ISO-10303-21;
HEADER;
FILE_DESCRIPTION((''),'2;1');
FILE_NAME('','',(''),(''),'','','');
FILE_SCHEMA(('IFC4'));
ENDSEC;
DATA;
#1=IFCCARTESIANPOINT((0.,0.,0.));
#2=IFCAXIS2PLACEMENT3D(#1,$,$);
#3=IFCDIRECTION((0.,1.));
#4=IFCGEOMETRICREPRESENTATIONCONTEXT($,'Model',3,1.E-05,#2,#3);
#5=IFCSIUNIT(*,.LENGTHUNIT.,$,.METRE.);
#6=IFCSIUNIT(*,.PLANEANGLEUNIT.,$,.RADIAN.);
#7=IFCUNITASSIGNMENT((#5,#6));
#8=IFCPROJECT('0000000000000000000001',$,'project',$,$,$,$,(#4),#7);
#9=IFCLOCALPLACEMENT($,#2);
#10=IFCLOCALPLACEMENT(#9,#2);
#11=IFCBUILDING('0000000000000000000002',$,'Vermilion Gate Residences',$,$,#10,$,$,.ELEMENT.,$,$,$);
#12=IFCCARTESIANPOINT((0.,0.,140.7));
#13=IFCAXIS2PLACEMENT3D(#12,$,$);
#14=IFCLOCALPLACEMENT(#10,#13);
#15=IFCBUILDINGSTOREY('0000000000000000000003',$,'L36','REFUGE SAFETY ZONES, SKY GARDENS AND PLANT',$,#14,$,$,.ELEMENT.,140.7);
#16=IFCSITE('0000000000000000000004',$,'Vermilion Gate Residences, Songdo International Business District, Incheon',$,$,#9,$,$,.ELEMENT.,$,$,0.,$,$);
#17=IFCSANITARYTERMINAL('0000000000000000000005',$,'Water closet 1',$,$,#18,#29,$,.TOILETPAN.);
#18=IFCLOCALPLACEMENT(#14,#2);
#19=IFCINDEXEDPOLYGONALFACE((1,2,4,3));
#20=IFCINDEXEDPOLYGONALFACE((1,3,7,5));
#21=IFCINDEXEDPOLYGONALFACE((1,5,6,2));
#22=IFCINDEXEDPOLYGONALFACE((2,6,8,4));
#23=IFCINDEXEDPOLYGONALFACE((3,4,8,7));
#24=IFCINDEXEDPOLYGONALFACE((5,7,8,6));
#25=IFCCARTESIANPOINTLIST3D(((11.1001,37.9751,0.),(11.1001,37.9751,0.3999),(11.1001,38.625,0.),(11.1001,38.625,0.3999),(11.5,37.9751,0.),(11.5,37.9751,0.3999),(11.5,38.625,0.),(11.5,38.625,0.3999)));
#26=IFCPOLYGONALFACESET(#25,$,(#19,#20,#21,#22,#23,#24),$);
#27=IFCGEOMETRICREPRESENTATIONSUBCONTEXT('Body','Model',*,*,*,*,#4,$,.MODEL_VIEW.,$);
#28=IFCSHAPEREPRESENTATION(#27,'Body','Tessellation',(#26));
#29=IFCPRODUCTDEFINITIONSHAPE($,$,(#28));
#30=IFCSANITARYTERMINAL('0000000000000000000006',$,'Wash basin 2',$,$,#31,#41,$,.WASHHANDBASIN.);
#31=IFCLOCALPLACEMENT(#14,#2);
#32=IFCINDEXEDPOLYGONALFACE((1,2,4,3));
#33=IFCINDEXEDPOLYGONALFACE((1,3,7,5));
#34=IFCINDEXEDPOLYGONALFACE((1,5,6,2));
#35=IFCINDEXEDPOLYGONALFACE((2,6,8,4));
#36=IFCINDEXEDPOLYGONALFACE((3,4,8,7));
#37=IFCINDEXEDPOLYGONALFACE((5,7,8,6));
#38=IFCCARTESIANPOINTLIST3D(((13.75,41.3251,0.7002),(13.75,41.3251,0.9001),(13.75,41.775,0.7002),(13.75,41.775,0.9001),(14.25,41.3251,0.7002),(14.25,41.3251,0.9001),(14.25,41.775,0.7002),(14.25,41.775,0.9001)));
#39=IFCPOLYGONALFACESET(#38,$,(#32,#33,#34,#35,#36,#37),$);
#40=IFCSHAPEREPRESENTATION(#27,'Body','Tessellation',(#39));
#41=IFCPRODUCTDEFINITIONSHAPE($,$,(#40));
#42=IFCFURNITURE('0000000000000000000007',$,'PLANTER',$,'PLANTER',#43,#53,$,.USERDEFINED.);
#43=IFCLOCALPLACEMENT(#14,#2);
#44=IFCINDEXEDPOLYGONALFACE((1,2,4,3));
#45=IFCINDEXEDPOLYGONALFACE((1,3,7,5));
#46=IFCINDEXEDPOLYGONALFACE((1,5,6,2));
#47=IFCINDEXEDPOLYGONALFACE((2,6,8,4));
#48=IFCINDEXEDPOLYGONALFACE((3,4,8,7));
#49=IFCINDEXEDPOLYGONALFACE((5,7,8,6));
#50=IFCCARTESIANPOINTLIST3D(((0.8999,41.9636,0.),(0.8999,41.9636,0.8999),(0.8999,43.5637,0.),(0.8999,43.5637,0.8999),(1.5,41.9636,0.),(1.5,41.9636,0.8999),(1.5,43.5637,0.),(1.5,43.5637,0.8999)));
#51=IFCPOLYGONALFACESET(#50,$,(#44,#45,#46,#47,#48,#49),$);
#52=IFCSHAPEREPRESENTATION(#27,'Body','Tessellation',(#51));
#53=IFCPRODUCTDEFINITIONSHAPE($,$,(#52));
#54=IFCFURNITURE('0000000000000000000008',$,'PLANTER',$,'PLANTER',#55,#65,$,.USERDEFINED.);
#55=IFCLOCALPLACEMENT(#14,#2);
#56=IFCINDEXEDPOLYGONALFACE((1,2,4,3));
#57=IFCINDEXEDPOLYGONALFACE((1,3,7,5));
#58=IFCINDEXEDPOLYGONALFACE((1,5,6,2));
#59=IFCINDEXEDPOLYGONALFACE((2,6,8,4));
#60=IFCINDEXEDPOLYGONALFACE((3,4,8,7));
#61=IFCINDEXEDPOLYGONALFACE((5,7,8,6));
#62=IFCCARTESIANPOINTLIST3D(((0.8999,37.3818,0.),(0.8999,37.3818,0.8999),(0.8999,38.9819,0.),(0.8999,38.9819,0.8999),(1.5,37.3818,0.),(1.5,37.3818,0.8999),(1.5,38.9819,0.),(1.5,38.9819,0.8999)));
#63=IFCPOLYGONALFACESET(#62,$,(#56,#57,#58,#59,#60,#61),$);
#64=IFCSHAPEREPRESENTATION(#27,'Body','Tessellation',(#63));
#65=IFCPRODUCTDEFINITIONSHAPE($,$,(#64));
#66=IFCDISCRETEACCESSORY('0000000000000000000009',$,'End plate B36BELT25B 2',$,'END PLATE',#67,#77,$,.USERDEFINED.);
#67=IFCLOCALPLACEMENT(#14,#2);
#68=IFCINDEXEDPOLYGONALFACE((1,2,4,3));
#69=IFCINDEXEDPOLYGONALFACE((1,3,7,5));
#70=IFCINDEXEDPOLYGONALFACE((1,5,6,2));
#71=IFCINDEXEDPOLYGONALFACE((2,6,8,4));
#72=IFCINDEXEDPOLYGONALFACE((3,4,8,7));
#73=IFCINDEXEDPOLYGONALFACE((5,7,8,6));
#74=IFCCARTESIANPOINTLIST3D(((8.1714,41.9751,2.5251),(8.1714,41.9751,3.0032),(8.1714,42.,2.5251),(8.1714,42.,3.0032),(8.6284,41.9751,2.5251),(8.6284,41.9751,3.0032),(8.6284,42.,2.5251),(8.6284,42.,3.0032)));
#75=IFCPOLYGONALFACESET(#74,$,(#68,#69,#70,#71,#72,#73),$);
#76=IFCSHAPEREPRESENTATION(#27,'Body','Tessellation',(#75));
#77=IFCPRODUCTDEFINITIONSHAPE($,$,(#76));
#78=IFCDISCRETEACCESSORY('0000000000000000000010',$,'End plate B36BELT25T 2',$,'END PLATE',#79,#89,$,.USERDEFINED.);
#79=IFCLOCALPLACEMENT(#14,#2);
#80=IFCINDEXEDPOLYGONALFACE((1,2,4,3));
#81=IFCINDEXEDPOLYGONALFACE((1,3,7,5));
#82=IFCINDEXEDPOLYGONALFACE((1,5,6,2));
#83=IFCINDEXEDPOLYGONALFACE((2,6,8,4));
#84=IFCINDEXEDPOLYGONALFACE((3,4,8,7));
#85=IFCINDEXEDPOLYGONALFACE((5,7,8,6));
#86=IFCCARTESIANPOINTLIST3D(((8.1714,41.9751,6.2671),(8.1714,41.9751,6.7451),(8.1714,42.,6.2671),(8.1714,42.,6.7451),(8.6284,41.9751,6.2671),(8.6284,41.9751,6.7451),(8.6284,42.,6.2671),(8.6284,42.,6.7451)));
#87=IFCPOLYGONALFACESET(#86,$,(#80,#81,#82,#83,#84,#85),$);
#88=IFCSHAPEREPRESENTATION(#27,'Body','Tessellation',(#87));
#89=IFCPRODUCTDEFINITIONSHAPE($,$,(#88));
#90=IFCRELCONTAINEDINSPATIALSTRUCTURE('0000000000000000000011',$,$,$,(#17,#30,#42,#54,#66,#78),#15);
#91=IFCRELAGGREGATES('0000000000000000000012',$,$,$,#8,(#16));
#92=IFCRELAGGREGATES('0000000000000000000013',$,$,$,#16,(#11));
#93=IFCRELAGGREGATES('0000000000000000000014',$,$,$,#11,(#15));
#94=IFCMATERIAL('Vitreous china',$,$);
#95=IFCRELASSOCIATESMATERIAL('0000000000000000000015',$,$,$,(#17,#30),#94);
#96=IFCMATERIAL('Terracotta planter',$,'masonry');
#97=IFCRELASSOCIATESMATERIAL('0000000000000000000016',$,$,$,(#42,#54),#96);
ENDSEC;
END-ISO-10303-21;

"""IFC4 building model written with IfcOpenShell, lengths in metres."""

from ifc_helpers import new_model, si_unit, direction, frame, origin, origin_2d, place, context, subcontext, project, spatial, rectangle, extrude, material, element, save


model = new_model("IFC4")

# Units and contexts
model_context = context("Model", 3, precision=1e-05, world=origin(), true_north=direction((0.0, 1.0)))
body_context = subcontext(model_context, "Body", "Model", "MODEL_VIEW")
ifc_project = project(units=[si_unit("LENGTHUNIT", "METRE"), si_unit("PLANEANGLEUNIT", "RADIAN")], contexts=[model_context])

# Site, building, storey
site_placement = place(None, origin())
site = spatial("IfcSite", under=ifc_project, at=site_placement, Name="Vermilion Gate Residences, Songdo International Business District, Incheon", CompositionType="ELEMENT", RefElevation=0.0)
building_placement = place(site_placement, origin())
building = spatial("IfcBuilding", under=site, at=building_placement, Name="Vermilion Gate Residences", CompositionType="ELEMENT")
storey_placement = place(building_placement, frame((0.0, 0.0, 140.7)))
storey = spatial("IfcBuildingStorey", under=building, at=storey_placement, Name="L36", Description="REFUGE SAFETY ZONES, SKY GARDENS AND PLANT", CompositionType="ELEMENT", Elevation=140.7)

# Sanitary terminals
ifc_material_1 = material(Name="Vitreous china")
sanitary_terminal_1_placement = place(storey_placement, frame((11.3, 38.3, 0.0), z_axis=(0.0, 0.0, 1.0), x_axis=(1.0, 0.0, 0.0)))
element("IfcSanitaryTerminal", 1, at=sanitary_terminal_1_placement, inside=storey, material=ifc_material_1, Name="Water closet 1", PredefinedType="TOILETPAN", context=body_context, shape_type="SweptSolid", body=[
    extrude(rectangle(XDim=0.3999, YDim=0.6499, at=origin_2d()), origin(), (0.0, 0.0, 1.0), 0.3999),
])
sanitary_terminal_2_placement = place(storey_placement, frame((14.0, 41.55, 0.7002), z_axis=(0.0, 0.0, 1.0), x_axis=(1.0, 0.0, 0.0)))
element("IfcSanitaryTerminal", 2, at=sanitary_terminal_2_placement, inside=storey, material=ifc_material_1, Name="Wash basin 2", PredefinedType="WASHHANDBASIN", context=body_context, shape_type="SweptSolid", body=[
    extrude(rectangle(XDim=0.5, YDim=0.45, at=origin_2d()), origin(), (0.0, 0.0, 1.0), 0.2),
])

# Furniture
ifc_material_2 = material(Name="Terracotta planter", Category="masonry")
for number, where, z_axis, x_axis, name in (
    (3, (1.2, 42.7637, 0.0), (0.0, 0.0, 1.0), (0.0, -1.0, 0.0), "PLANTER"),
    (4, (1.2, 38.1819, 0.0), (0.0, 0.0, 1.0), (0.0, -1.0, 0.0), "PLANTER"),
):
    element("IfcFurniture", number, at=place(storey_placement, frame(where, z_axis=z_axis, x_axis=x_axis)), inside=storey, material=ifc_material_2, Name=name, ObjectType="PLANTER", PredefinedType="USERDEFINED", context=body_context, shape_type="SweptSolid", body=[
        extrude(rectangle(XDim=1.6001, YDim=0.6001, at=origin_2d()), origin(), (0.0, 0.0, 1.0), 0.8999),
    ])

# Discrete accessories
for number, where, z_axis, x_axis, name in (
    (5, (8.3999, 41.9875, 2.5251), (0.0, 0.0, 1.0), (1.0, 0.0, 0.0), "End plate B36BELT25B 2"),
    (6, (8.3999, 41.9875, 6.2671), (0.0, 0.0, 1.0), (1.0, 0.0, 0.0), "End plate B36BELT25T 2"),
):
    element("IfcDiscreteAccessory", number, at=place(storey_placement, frame(where, z_axis=z_axis, x_axis=x_axis)), inside=storey, Name=name, ObjectType="END PLATE", PredefinedType="USERDEFINED", context=body_context, shape_type="SweptSolid", body=[
        extrude(rectangle(XDim=0.457, YDim=0.0249, at=origin_2d()), origin(), (0.0, 0.0, 1.0), 0.478),
    ])

save(model, "model.ifc")
